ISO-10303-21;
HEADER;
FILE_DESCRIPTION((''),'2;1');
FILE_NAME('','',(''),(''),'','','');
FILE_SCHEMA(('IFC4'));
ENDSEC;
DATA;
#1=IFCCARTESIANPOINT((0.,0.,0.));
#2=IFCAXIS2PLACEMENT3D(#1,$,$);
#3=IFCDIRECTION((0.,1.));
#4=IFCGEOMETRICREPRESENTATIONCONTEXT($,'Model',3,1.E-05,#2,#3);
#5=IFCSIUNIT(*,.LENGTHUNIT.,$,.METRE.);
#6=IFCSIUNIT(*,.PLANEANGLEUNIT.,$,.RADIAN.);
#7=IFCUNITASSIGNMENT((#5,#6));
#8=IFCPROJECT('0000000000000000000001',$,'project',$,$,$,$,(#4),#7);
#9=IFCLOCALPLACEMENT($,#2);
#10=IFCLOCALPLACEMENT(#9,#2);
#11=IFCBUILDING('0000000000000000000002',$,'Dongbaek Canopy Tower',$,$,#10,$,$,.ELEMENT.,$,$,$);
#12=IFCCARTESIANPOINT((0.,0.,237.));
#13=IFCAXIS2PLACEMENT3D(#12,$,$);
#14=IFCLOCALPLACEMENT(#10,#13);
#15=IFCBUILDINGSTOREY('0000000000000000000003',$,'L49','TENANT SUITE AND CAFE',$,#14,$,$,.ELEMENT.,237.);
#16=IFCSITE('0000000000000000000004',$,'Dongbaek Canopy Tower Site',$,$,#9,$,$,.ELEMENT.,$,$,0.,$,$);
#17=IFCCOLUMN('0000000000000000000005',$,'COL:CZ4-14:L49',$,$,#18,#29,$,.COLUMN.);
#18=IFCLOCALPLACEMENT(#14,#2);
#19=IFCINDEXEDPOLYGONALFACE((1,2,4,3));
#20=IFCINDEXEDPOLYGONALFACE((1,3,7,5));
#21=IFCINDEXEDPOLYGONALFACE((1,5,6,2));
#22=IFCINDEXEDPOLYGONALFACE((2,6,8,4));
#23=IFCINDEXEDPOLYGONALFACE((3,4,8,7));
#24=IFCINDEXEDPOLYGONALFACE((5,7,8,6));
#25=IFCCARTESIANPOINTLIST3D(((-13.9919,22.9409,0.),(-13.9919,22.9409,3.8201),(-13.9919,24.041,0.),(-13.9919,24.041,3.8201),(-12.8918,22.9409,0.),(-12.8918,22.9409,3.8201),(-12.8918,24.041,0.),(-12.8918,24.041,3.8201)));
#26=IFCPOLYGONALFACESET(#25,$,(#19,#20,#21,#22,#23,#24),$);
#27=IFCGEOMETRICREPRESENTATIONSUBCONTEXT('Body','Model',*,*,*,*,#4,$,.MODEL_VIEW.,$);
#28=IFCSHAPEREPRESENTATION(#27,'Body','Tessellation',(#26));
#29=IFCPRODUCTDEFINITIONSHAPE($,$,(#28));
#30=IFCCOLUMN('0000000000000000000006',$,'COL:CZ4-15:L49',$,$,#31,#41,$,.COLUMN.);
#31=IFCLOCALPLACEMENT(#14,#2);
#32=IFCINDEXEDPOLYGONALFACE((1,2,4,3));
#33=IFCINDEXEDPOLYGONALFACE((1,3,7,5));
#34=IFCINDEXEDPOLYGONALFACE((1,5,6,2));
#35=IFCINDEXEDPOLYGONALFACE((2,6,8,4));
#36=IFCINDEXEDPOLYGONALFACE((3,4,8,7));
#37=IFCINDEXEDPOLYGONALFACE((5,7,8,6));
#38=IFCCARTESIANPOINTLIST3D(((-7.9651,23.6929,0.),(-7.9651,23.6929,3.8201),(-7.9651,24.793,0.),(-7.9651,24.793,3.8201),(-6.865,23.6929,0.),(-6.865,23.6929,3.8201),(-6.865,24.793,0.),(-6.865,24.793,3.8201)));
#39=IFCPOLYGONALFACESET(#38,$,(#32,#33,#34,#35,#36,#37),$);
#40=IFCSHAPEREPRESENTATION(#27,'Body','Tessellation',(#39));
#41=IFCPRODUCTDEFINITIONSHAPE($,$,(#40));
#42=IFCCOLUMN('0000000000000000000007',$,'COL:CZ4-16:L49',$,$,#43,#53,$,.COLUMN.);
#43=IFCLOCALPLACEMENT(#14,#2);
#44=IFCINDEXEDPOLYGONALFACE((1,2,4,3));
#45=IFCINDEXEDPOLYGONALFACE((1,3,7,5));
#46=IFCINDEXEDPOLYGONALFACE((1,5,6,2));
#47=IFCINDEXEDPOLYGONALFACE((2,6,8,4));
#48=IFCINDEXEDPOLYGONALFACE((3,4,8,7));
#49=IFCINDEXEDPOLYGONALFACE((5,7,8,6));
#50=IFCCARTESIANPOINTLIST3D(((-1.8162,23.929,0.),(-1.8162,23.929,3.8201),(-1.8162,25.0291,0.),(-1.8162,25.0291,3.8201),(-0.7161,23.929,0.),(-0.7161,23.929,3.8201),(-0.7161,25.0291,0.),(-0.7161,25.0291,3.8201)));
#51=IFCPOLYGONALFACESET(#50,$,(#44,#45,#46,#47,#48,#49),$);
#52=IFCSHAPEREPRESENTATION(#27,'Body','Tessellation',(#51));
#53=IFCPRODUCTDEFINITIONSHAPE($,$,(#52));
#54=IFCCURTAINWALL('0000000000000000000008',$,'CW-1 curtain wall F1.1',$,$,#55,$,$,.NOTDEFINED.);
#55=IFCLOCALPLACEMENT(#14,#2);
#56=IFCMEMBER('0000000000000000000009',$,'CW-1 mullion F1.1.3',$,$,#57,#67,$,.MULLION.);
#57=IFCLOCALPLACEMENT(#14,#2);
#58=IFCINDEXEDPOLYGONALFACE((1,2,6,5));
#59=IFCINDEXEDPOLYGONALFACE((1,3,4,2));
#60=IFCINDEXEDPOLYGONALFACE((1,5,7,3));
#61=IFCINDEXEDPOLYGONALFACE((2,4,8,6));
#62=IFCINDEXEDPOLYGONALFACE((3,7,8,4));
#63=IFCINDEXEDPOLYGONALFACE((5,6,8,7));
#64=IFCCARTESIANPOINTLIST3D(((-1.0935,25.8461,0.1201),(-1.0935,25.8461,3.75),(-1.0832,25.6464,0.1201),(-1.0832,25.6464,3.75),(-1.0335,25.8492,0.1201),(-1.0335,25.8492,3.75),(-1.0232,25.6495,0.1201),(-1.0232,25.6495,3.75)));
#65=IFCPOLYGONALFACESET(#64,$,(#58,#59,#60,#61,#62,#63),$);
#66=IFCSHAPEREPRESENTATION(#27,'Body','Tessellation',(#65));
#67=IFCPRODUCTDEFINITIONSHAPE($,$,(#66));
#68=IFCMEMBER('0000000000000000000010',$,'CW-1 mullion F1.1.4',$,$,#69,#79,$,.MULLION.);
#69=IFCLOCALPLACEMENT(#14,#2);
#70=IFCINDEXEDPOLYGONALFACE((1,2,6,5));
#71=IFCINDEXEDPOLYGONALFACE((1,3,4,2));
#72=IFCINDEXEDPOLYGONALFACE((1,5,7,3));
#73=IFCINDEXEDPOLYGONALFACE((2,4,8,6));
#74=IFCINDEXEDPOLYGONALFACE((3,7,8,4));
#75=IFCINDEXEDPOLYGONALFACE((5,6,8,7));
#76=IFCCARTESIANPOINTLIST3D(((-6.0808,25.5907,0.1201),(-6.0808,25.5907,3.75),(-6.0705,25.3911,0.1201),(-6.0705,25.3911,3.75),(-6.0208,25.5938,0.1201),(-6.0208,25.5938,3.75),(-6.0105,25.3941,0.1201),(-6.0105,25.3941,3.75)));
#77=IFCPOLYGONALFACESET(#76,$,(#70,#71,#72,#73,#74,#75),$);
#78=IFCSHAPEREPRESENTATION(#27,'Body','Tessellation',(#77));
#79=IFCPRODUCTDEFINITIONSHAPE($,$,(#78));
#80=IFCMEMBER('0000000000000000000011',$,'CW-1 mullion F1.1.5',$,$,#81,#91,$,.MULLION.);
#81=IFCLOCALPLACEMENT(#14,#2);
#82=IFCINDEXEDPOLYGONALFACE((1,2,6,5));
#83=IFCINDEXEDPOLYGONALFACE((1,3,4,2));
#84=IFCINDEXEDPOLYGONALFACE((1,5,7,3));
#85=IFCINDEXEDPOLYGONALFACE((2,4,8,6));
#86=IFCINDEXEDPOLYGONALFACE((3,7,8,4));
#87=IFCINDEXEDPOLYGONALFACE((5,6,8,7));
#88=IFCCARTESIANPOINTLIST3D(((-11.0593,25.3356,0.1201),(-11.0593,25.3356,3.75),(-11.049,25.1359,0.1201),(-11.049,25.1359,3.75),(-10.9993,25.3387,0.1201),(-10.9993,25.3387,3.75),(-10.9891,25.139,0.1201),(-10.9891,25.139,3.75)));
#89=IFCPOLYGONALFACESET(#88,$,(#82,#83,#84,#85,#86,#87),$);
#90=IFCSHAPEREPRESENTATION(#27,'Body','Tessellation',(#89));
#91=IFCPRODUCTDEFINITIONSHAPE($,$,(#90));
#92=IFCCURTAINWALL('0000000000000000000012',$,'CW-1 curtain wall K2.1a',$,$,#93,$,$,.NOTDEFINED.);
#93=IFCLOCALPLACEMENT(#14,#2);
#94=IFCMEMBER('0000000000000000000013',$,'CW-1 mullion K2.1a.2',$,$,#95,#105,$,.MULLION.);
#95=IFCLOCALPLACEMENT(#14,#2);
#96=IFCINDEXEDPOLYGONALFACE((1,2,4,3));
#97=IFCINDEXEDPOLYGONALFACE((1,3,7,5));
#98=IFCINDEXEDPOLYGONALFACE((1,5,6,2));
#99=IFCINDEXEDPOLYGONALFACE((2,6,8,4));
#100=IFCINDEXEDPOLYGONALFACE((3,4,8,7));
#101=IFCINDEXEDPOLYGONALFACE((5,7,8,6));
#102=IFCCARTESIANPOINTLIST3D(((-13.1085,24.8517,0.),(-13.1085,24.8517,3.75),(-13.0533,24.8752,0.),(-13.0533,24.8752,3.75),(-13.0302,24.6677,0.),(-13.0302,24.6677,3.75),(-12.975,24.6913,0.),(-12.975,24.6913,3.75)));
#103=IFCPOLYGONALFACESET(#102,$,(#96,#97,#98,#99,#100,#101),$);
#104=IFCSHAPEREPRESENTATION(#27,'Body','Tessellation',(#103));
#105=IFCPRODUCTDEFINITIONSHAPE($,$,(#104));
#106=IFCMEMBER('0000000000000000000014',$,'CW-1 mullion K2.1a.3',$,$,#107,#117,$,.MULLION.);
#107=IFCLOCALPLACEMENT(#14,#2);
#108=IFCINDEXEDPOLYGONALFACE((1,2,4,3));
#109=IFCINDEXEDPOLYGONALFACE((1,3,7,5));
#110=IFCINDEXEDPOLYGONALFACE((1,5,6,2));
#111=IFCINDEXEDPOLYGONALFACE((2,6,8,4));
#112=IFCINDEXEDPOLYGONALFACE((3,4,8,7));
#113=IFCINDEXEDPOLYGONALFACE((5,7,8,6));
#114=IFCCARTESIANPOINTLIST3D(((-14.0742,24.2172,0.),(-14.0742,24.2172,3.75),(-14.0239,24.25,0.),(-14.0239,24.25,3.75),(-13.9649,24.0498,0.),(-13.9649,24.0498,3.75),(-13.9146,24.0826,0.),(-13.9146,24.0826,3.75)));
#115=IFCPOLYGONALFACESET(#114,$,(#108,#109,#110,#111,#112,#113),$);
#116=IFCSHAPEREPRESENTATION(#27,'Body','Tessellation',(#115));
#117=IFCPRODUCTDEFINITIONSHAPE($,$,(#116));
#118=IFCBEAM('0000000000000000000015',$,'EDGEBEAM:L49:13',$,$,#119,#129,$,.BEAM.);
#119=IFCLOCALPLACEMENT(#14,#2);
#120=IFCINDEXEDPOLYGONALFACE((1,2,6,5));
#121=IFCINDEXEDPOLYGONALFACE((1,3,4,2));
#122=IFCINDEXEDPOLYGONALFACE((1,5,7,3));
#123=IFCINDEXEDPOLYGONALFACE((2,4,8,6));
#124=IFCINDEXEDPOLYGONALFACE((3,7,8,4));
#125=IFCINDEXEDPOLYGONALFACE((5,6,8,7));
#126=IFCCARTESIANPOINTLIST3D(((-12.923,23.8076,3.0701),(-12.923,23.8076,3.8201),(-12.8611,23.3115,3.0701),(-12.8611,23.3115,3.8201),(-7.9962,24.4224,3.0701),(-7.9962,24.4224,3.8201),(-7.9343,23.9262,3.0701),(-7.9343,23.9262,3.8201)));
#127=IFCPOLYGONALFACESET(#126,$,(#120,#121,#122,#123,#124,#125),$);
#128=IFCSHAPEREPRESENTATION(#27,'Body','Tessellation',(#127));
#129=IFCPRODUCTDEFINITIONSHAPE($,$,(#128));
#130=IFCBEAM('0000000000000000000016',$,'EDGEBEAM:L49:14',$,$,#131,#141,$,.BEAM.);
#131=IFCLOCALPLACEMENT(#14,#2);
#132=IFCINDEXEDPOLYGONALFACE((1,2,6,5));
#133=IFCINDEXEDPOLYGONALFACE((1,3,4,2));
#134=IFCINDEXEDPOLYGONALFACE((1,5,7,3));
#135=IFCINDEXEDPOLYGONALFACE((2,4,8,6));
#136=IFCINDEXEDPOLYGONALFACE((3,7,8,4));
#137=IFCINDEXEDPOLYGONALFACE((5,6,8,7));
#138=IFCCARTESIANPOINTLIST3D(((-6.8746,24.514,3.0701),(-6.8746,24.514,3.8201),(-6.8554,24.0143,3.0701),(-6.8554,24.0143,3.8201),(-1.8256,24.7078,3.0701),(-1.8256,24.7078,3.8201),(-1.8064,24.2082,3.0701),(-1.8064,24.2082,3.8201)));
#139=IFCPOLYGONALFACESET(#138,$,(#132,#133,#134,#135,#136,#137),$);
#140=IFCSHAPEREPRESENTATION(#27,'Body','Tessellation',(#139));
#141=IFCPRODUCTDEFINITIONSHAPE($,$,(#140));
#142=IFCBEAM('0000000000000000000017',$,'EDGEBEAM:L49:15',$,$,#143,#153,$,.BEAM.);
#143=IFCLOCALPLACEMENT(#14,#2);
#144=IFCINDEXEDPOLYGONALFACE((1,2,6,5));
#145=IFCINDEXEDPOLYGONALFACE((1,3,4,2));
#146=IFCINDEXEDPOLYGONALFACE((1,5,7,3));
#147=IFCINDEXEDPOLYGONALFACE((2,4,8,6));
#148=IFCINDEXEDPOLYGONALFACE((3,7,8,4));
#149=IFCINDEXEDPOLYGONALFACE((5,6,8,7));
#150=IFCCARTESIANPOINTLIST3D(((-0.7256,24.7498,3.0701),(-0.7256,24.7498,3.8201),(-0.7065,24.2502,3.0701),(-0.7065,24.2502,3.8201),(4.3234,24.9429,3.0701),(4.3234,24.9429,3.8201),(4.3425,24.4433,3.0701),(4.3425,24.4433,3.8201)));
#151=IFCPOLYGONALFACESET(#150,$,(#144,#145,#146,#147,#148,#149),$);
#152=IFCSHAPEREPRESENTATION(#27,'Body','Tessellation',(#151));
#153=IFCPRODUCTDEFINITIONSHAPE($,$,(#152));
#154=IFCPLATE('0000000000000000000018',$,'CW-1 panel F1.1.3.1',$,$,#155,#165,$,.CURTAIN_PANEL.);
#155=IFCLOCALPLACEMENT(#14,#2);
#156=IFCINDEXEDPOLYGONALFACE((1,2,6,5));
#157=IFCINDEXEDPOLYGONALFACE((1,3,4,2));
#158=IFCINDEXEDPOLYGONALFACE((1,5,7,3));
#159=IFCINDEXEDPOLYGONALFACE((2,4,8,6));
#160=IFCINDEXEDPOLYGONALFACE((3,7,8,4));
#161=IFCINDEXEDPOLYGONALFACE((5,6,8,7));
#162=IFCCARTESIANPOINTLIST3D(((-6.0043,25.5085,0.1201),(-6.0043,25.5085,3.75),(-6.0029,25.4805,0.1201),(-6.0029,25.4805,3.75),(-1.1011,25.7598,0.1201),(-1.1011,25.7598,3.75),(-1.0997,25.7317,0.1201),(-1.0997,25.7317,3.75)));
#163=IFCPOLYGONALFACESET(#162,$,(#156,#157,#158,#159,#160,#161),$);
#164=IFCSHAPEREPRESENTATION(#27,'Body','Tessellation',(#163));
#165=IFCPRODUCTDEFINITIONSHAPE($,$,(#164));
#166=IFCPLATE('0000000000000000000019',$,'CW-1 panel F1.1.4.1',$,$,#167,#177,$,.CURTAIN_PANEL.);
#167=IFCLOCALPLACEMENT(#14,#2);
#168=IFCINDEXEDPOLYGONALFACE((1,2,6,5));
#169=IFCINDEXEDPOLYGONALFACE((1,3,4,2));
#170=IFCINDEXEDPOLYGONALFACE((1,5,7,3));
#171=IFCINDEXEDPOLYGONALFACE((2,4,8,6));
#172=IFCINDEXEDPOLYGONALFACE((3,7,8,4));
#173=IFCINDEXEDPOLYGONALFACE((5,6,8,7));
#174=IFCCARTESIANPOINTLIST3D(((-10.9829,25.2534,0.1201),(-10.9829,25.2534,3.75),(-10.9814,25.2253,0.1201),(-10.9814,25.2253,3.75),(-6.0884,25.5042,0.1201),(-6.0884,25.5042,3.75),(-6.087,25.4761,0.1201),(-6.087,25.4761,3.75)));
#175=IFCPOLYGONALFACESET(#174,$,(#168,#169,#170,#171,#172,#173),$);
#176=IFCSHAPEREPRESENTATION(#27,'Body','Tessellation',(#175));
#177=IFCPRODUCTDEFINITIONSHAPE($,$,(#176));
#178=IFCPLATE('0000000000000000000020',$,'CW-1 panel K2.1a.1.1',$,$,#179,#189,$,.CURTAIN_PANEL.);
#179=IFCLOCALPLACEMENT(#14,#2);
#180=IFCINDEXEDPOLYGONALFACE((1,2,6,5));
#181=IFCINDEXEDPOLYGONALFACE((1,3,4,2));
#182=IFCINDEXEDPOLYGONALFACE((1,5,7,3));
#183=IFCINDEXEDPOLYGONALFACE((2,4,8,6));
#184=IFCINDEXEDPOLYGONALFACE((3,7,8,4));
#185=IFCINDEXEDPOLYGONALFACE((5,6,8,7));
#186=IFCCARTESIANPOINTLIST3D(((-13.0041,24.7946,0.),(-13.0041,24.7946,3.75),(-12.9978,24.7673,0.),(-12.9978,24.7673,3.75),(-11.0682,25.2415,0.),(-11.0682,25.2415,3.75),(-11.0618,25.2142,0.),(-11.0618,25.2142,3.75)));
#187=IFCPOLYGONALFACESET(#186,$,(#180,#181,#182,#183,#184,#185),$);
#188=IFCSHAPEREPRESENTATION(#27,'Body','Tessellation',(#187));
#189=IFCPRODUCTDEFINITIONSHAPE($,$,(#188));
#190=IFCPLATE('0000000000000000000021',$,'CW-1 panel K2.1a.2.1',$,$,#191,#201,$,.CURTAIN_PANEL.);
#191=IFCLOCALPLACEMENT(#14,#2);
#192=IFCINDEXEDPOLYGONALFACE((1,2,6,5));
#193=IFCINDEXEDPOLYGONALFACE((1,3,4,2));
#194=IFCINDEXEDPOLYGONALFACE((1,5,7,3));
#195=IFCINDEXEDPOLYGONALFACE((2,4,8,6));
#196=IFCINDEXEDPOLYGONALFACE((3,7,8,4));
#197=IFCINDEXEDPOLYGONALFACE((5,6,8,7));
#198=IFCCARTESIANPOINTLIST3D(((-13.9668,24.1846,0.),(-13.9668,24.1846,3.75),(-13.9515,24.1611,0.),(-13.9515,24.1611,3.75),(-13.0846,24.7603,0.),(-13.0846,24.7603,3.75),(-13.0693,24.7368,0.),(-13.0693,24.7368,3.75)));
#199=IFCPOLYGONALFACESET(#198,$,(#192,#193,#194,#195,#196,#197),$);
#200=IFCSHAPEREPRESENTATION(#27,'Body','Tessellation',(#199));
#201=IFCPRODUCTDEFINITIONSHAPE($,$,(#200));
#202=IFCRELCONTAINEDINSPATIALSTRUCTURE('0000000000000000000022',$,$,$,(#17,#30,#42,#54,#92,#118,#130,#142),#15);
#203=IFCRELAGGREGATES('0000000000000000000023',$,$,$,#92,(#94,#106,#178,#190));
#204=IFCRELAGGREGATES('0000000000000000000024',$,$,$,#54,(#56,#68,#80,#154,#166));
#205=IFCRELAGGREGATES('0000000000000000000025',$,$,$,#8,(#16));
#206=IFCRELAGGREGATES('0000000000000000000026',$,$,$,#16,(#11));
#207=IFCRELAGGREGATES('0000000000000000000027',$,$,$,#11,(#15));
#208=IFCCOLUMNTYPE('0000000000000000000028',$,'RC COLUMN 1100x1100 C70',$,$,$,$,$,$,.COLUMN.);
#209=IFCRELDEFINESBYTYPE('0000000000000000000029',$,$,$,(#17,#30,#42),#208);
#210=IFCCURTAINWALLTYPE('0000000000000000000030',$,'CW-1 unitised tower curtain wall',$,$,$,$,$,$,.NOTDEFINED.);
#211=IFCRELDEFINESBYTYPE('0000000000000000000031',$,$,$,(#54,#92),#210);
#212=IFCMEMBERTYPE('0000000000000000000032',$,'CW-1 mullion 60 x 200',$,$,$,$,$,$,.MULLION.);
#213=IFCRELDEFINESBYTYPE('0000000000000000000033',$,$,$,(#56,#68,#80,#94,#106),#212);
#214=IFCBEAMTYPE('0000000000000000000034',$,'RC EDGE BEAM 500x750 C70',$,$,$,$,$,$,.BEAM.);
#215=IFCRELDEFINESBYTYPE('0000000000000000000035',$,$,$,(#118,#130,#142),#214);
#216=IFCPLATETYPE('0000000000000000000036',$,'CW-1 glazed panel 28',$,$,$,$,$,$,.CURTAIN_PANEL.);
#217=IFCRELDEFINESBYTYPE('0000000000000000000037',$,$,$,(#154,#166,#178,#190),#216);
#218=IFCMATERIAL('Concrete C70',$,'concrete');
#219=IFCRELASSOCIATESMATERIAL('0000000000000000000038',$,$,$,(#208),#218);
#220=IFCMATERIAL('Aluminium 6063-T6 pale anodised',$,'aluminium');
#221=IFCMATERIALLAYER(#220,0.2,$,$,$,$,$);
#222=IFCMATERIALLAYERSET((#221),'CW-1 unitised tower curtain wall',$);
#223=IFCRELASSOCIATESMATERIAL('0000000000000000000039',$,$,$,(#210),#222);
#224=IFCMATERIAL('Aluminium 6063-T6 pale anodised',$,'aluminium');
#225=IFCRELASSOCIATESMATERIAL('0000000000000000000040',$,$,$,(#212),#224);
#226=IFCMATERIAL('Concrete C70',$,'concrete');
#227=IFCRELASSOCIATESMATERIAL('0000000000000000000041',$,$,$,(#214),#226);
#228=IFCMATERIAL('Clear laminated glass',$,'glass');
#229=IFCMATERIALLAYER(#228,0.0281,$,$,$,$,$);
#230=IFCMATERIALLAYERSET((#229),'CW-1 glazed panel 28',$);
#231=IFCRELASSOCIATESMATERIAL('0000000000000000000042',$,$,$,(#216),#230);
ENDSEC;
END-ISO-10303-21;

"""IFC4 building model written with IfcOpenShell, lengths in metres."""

from ifc_helpers import new_model, si_unit, direction, frame, origin, origin_2d, place, context, subcontext, project, spatial, rectangle, extrude, material, layer, layer_set, material_profile, profile_set, type_object, element, aggregate, save


model = new_model("IFC4")

# Units and contexts
model_context = context("Model", 3, precision=1e-05, world=origin(), true_north=direction((0.0, 1.0)))
body_context = subcontext(model_context, "Body", "Model", "MODEL_VIEW")
ifc_project = project(units=[si_unit("LENGTHUNIT", "METRE"), si_unit("PLANEANGLEUNIT", "RADIAN")], contexts=[model_context])

# Site, building, storey
site_placement = place(None, origin())
site = spatial("IfcSite", under=ifc_project, at=site_placement, Name="Dongbaek Canopy Tower Site", CompositionType="ELEMENT", RefElevation=0.0)
building_placement = place(site_placement, origin())
building = spatial("IfcBuilding", under=site, at=building_placement, Name="Dongbaek Canopy Tower", CompositionType="ELEMENT")
storey_placement = place(building_placement, frame((0.0, 0.0, 237.0)))
storey = spatial("IfcBuildingStorey", under=building, at=storey_placement, Name="L49", Description="TENANT SUITE AND CAFE", CompositionType="ELEMENT", Elevation=237.0)

# Columns
ifc_material_1 = material(Name="Concrete C70", Category="concrete")
ifc_material_profile_1 = material_profile(ifc_material_1, rectangle(XDim=1.1001, YDim=1.1001, at=origin_2d()), Name="RC COLUMN 1100x1100 C70")
ifc_profile_set_1 = profile_set([ifc_material_profile_1], Name="Concrete C70")
column_type = type_object("IfcColumnType", Name="RC COLUMN 1100x1100 C70", PredefinedType="COLUMN", material=ifc_profile_set_1)
for number, where, z_axis, x_axis, name in (
    (1, (-13.4419, 23.491, 0.0), (0.0, 0.0, 1.0), (1.0, 0.0, 0.0), "COL:CZ4-14:L49"),
    (2, (-7.415, 24.2429, 0.0), (0.0, 0.0, 1.0), (1.0, 0.0, 0.0), "COL:CZ4-15:L49"),
    (3, (-1.2661, 24.479, 0.0), (0.0, 0.0, 1.0), (1.0, 0.0, 0.0), "COL:CZ4-16:L49"),
):
    element("IfcColumn", number, at=place(storey_placement, frame(where, z_axis=z_axis, x_axis=x_axis)), inside=storey, type_object=column_type, Name=name, PredefinedType="COLUMN", context=body_context, shape_type="SweptSolid", body=[
        extrude(rectangle(XDim=1.1001, YDim=1.1001, at=origin_2d()), origin(), (0.0, 0.0, 1.0), 3.8201),
    ])

# Curtain walls, members
ifc_material_2 = material(Name="Aluminium 6063-T6 pale anodised", Category="aluminium")
ifc_layer_1 = layer(ifc_material_2, 0.2)
ifc_layer_set_1 = layer_set([ifc_layer_1], Name="CW-1 unitised tower curtain wall")
curtain_wall_type = type_object("IfcCurtainWallType", Name="CW-1 unitised tower curtain wall", PredefinedType="NOTDEFINED", material=ifc_layer_set_1)
curtain_wall_1_placement = place(storey_placement, origin())
curtain_wall_1 = element("IfcCurtainWall", 4, at=curtain_wall_1_placement, inside=storey, type_object=curtain_wall_type, Name="CW-1 curtain wall F1.1", PredefinedType="NOTDEFINED")
ifc_material_3 = material(Name="Aluminium 6063-T6 pale anodised", Category="aluminium")
ifc_material_profile_2 = material_profile(ifc_material_3, rectangle(XDim=0.2, YDim=0.0601, at=origin_2d()), Name="CW-1 mullion 60 x 200")
ifc_profile_set_2 = profile_set([ifc_material_profile_2], Name="Aluminium 6063-T6 pale anodised")
member_type = type_object("IfcMemberType", Name="CW-1 mullion 60 x 200", PredefinedType="MULLION", material=ifc_profile_set_2)
member_1_placement = place(storey_placement, frame((-1.0583, 25.7478, 0.1201), z_axis=(0.0, 0.0, 1.0), x_axis=(-0.051171, 0.99869, 0.0)))
member_1 = element("IfcMember", 5, at=member_1_placement, type_object=member_type, Name="CW-1 mullion F1.1.3", PredefinedType="MULLION", context=body_context, shape_type="SweptSolid", body=[
    extrude(rectangle(XDim=0.2, YDim=0.0601, at=origin_2d()), origin(), (0.0, 0.0, 1.0), 3.6299),
])
member_2_placement = place(storey_placement, frame((-6.0457, 25.4924, 0.1201), z_axis=(0.0, 0.0, 1.0), x_axis=(-0.051171, 0.99869, 0.0)))
member_2 = element("IfcMember", 6, at=member_2_placement, type_object=member_type, Name="CW-1 mullion F1.1.4", PredefinedType="MULLION", context=body_context, shape_type="SweptSolid", body=[
    extrude(rectangle(XDim=0.2, YDim=0.0601, at=origin_2d()), origin(), (0.0, 0.0, 1.0), 3.6299),
])
member_3_placement = place(storey_placement, frame((-11.0242, 25.2373, 0.1201), z_axis=(0.0, 0.0, 1.0), x_axis=(-0.051171, 0.99869, 0.0)))
member_3 = element("IfcMember", 7, at=member_3_placement, type_object=member_type, Name="CW-1 mullion F1.1.5", PredefinedType="MULLION", context=body_context, shape_type="SweptSolid", body=[
    extrude(rectangle(XDim=0.2, YDim=0.0601, at=origin_2d()), origin(), (0.0, 0.0, 1.0), 3.6299),
])
curtain_wall_2_placement = place(storey_placement, origin())
curtain_wall_2 = element("IfcCurtainWall", 8, at=curtain_wall_2_placement, inside=storey, type_object=curtain_wall_type, Name="CW-1 curtain wall K2.1a", PredefinedType="NOTDEFINED")
member_4_placement = place(storey_placement, frame((-13.0417, 24.7715, 0.0), z_axis=(0.0, 0.0, 1.0), x_axis=(-0.391763, 0.920066, 0.0)))
member_4 = element("IfcMember", 9, at=member_4_placement, type_object=member_type, Name="CW-1 mullion K2.1a.2", PredefinedType="MULLION", context=body_context, shape_type="SweptSolid", body=[
    extrude(rectangle(XDim=0.2, YDim=0.0601, at=origin_2d()), origin(), (0.0, 0.0, 1.0), 3.75),
])
member_5_placement = place(storey_placement, frame((-13.9944, 24.1499, 0.0), z_axis=(0.0, 0.0, 1.0), x_axis=(-0.546537, 0.837435, 0.0)))
member_5 = element("IfcMember", 10, at=member_5_placement, type_object=member_type, Name="CW-1 mullion K2.1a.3", PredefinedType="MULLION", context=body_context, shape_type="SweptSolid", body=[
    extrude(rectangle(XDim=0.2, YDim=0.0601, at=origin_2d()), origin(), (0.0, 0.0, 1.0), 3.75),
])

# Beams
ifc_material_4 = material(Name="Concrete C70", Category="concrete")
ifc_material_profile_3 = material_profile(ifc_material_4, rectangle(XDim=0.5, YDim=0.75, at=origin_2d()), Name="RC EDGE BEAM 500x750 C70")
ifc_profile_set_3 = profile_set([ifc_material_profile_3], Name="Concrete C70")
beam_type = type_object("IfcBeamType", Name="RC EDGE BEAM 500x750 C70", PredefinedType="BEAM", material=ifc_profile_set_3)
beam_placement = place(storey_placement, frame((-12.8921, 23.5596, 3.4451), z_axis=(0.992306, 0.123811, 0.0), x_axis=(-0.123811, 0.992306, 0.0)))
element("IfcBeam", 11, at=beam_placement, inside=storey, type_object=beam_type, Name="EDGEBEAM:L49:13", PredefinedType="BEAM", context=body_context, shape_type="SweptSolid", body=[
    extrude(rectangle(XDim=0.5, YDim=0.75, at=origin_2d()), origin(), (0.0, 0.0, 1.0), 4.9651),
])
for number, where, z_axis, x_axis, name in (
    (12, (-6.865, 24.2642, 3.4451), (0.999264, 0.038364, 0.0), (-0.038364, 0.999264, 0.0), "EDGEBEAM:L49:14"),
    (13, (-0.7161, 24.5, 3.4451), (0.999269, 0.03822, 0.0), (-0.03822, 0.999269, 0.0), "EDGEBEAM:L49:15"),
):
    element("IfcBeam", number, at=place(storey_placement, frame(where, z_axis=z_axis, x_axis=x_axis)), inside=storey, type_object=beam_type, Name=name, PredefinedType="BEAM", context=body_context, shape_type="SweptSolid", body=[
        extrude(rectangle(XDim=0.5, YDim=0.75, at=origin_2d()), origin(), (0.0, 0.0, 1.0), 5.0527),
    ])

# Plates
ifc_material_5 = material(Name="Clear laminated glass", Category="glass")
ifc_layer_2 = layer(ifc_material_5, 0.0281)
ifc_layer_set_2 = layer_set([ifc_layer_2], Name="CW-1 glazed panel 28")
plate_type = type_object("IfcPlateType", Name="CW-1 glazed panel 28", PredefinedType="CURTAIN_PANEL", material=ifc_layer_set_2)
plate_1_placement = place(storey_placement, frame((-3.552, 25.6201, 0.1201), z_axis=(0.0, 0.0, 1.0), x_axis=(-0.99869, -0.051171, 0.0)))
plate_1 = element("IfcPlate", 14, at=plate_1_placement, type_object=plate_type, Name="CW-1 panel F1.1.3.1", PredefinedType="CURTAIN_PANEL", context=body_context, shape_type="SweptSolid", body=[
    extrude(rectangle(XDim=4.9097, YDim=0.0281, at=origin_2d()), origin(), (0.0, 0.0, 1.0), 3.6299),
])
plate_2_placement = place(storey_placement, frame((-8.5349, 25.3647, 0.1201), z_axis=(0.0, 0.0, 1.0), x_axis=(-0.99869, -0.051171, 0.0)))
plate_2 = element("IfcPlate", 15, at=plate_2_placement, type_object=plate_type, Name="CW-1 panel F1.1.4.1", PredefinedType="CURTAIN_PANEL", context=body_context, shape_type="SweptSolid", body=[
    extrude(rectangle(XDim=4.9009, YDim=0.0281, at=origin_2d()), origin(), (0.0, 0.0, 1.0), 3.6299),
])
plate_3_placement = place(storey_placement, frame((-12.033, 25.0044, 0.0), z_axis=(0.0, 0.0, 1.0), x_axis=(-0.974375, -0.224929, 0.0)))
plate_3 = element("IfcPlate", 16, at=plate_3_placement, type_object=plate_type, Name="CW-1 panel K2.1a.1.1", PredefinedType="CURTAIN_PANEL", context=body_context, shape_type="SweptSolid", body=[
    extrude(rectangle(XDim=1.9868, YDim=0.0281, at=origin_2d()), origin(), (0.0, 0.0, 1.0), 3.75),
])
plate_4_placement = place(storey_placement, frame((-13.5181, 24.4607, 0.0), z_axis=(0.0, 0.0, 1.0), x_axis=(-0.837435, -0.546537, 0.0)))
plate_4 = element("IfcPlate", 17, at=plate_4_placement, type_object=plate_type, Name="CW-1 panel K2.1a.2.1", PredefinedType="CURTAIN_PANEL", context=body_context, shape_type="SweptSolid", body=[
    extrude(rectangle(XDim=1.0535, YDim=0.0281, at=origin_2d()), origin(), (0.0, 0.0, 1.0), 3.75),
])
aggregate(curtain_wall_2, [member_4, member_5, plate_3, plate_4])

aggregate(curtain_wall_1, [member_1, member_2, member_3, plate_1, plate_2])

save(model, "model.ifc")
